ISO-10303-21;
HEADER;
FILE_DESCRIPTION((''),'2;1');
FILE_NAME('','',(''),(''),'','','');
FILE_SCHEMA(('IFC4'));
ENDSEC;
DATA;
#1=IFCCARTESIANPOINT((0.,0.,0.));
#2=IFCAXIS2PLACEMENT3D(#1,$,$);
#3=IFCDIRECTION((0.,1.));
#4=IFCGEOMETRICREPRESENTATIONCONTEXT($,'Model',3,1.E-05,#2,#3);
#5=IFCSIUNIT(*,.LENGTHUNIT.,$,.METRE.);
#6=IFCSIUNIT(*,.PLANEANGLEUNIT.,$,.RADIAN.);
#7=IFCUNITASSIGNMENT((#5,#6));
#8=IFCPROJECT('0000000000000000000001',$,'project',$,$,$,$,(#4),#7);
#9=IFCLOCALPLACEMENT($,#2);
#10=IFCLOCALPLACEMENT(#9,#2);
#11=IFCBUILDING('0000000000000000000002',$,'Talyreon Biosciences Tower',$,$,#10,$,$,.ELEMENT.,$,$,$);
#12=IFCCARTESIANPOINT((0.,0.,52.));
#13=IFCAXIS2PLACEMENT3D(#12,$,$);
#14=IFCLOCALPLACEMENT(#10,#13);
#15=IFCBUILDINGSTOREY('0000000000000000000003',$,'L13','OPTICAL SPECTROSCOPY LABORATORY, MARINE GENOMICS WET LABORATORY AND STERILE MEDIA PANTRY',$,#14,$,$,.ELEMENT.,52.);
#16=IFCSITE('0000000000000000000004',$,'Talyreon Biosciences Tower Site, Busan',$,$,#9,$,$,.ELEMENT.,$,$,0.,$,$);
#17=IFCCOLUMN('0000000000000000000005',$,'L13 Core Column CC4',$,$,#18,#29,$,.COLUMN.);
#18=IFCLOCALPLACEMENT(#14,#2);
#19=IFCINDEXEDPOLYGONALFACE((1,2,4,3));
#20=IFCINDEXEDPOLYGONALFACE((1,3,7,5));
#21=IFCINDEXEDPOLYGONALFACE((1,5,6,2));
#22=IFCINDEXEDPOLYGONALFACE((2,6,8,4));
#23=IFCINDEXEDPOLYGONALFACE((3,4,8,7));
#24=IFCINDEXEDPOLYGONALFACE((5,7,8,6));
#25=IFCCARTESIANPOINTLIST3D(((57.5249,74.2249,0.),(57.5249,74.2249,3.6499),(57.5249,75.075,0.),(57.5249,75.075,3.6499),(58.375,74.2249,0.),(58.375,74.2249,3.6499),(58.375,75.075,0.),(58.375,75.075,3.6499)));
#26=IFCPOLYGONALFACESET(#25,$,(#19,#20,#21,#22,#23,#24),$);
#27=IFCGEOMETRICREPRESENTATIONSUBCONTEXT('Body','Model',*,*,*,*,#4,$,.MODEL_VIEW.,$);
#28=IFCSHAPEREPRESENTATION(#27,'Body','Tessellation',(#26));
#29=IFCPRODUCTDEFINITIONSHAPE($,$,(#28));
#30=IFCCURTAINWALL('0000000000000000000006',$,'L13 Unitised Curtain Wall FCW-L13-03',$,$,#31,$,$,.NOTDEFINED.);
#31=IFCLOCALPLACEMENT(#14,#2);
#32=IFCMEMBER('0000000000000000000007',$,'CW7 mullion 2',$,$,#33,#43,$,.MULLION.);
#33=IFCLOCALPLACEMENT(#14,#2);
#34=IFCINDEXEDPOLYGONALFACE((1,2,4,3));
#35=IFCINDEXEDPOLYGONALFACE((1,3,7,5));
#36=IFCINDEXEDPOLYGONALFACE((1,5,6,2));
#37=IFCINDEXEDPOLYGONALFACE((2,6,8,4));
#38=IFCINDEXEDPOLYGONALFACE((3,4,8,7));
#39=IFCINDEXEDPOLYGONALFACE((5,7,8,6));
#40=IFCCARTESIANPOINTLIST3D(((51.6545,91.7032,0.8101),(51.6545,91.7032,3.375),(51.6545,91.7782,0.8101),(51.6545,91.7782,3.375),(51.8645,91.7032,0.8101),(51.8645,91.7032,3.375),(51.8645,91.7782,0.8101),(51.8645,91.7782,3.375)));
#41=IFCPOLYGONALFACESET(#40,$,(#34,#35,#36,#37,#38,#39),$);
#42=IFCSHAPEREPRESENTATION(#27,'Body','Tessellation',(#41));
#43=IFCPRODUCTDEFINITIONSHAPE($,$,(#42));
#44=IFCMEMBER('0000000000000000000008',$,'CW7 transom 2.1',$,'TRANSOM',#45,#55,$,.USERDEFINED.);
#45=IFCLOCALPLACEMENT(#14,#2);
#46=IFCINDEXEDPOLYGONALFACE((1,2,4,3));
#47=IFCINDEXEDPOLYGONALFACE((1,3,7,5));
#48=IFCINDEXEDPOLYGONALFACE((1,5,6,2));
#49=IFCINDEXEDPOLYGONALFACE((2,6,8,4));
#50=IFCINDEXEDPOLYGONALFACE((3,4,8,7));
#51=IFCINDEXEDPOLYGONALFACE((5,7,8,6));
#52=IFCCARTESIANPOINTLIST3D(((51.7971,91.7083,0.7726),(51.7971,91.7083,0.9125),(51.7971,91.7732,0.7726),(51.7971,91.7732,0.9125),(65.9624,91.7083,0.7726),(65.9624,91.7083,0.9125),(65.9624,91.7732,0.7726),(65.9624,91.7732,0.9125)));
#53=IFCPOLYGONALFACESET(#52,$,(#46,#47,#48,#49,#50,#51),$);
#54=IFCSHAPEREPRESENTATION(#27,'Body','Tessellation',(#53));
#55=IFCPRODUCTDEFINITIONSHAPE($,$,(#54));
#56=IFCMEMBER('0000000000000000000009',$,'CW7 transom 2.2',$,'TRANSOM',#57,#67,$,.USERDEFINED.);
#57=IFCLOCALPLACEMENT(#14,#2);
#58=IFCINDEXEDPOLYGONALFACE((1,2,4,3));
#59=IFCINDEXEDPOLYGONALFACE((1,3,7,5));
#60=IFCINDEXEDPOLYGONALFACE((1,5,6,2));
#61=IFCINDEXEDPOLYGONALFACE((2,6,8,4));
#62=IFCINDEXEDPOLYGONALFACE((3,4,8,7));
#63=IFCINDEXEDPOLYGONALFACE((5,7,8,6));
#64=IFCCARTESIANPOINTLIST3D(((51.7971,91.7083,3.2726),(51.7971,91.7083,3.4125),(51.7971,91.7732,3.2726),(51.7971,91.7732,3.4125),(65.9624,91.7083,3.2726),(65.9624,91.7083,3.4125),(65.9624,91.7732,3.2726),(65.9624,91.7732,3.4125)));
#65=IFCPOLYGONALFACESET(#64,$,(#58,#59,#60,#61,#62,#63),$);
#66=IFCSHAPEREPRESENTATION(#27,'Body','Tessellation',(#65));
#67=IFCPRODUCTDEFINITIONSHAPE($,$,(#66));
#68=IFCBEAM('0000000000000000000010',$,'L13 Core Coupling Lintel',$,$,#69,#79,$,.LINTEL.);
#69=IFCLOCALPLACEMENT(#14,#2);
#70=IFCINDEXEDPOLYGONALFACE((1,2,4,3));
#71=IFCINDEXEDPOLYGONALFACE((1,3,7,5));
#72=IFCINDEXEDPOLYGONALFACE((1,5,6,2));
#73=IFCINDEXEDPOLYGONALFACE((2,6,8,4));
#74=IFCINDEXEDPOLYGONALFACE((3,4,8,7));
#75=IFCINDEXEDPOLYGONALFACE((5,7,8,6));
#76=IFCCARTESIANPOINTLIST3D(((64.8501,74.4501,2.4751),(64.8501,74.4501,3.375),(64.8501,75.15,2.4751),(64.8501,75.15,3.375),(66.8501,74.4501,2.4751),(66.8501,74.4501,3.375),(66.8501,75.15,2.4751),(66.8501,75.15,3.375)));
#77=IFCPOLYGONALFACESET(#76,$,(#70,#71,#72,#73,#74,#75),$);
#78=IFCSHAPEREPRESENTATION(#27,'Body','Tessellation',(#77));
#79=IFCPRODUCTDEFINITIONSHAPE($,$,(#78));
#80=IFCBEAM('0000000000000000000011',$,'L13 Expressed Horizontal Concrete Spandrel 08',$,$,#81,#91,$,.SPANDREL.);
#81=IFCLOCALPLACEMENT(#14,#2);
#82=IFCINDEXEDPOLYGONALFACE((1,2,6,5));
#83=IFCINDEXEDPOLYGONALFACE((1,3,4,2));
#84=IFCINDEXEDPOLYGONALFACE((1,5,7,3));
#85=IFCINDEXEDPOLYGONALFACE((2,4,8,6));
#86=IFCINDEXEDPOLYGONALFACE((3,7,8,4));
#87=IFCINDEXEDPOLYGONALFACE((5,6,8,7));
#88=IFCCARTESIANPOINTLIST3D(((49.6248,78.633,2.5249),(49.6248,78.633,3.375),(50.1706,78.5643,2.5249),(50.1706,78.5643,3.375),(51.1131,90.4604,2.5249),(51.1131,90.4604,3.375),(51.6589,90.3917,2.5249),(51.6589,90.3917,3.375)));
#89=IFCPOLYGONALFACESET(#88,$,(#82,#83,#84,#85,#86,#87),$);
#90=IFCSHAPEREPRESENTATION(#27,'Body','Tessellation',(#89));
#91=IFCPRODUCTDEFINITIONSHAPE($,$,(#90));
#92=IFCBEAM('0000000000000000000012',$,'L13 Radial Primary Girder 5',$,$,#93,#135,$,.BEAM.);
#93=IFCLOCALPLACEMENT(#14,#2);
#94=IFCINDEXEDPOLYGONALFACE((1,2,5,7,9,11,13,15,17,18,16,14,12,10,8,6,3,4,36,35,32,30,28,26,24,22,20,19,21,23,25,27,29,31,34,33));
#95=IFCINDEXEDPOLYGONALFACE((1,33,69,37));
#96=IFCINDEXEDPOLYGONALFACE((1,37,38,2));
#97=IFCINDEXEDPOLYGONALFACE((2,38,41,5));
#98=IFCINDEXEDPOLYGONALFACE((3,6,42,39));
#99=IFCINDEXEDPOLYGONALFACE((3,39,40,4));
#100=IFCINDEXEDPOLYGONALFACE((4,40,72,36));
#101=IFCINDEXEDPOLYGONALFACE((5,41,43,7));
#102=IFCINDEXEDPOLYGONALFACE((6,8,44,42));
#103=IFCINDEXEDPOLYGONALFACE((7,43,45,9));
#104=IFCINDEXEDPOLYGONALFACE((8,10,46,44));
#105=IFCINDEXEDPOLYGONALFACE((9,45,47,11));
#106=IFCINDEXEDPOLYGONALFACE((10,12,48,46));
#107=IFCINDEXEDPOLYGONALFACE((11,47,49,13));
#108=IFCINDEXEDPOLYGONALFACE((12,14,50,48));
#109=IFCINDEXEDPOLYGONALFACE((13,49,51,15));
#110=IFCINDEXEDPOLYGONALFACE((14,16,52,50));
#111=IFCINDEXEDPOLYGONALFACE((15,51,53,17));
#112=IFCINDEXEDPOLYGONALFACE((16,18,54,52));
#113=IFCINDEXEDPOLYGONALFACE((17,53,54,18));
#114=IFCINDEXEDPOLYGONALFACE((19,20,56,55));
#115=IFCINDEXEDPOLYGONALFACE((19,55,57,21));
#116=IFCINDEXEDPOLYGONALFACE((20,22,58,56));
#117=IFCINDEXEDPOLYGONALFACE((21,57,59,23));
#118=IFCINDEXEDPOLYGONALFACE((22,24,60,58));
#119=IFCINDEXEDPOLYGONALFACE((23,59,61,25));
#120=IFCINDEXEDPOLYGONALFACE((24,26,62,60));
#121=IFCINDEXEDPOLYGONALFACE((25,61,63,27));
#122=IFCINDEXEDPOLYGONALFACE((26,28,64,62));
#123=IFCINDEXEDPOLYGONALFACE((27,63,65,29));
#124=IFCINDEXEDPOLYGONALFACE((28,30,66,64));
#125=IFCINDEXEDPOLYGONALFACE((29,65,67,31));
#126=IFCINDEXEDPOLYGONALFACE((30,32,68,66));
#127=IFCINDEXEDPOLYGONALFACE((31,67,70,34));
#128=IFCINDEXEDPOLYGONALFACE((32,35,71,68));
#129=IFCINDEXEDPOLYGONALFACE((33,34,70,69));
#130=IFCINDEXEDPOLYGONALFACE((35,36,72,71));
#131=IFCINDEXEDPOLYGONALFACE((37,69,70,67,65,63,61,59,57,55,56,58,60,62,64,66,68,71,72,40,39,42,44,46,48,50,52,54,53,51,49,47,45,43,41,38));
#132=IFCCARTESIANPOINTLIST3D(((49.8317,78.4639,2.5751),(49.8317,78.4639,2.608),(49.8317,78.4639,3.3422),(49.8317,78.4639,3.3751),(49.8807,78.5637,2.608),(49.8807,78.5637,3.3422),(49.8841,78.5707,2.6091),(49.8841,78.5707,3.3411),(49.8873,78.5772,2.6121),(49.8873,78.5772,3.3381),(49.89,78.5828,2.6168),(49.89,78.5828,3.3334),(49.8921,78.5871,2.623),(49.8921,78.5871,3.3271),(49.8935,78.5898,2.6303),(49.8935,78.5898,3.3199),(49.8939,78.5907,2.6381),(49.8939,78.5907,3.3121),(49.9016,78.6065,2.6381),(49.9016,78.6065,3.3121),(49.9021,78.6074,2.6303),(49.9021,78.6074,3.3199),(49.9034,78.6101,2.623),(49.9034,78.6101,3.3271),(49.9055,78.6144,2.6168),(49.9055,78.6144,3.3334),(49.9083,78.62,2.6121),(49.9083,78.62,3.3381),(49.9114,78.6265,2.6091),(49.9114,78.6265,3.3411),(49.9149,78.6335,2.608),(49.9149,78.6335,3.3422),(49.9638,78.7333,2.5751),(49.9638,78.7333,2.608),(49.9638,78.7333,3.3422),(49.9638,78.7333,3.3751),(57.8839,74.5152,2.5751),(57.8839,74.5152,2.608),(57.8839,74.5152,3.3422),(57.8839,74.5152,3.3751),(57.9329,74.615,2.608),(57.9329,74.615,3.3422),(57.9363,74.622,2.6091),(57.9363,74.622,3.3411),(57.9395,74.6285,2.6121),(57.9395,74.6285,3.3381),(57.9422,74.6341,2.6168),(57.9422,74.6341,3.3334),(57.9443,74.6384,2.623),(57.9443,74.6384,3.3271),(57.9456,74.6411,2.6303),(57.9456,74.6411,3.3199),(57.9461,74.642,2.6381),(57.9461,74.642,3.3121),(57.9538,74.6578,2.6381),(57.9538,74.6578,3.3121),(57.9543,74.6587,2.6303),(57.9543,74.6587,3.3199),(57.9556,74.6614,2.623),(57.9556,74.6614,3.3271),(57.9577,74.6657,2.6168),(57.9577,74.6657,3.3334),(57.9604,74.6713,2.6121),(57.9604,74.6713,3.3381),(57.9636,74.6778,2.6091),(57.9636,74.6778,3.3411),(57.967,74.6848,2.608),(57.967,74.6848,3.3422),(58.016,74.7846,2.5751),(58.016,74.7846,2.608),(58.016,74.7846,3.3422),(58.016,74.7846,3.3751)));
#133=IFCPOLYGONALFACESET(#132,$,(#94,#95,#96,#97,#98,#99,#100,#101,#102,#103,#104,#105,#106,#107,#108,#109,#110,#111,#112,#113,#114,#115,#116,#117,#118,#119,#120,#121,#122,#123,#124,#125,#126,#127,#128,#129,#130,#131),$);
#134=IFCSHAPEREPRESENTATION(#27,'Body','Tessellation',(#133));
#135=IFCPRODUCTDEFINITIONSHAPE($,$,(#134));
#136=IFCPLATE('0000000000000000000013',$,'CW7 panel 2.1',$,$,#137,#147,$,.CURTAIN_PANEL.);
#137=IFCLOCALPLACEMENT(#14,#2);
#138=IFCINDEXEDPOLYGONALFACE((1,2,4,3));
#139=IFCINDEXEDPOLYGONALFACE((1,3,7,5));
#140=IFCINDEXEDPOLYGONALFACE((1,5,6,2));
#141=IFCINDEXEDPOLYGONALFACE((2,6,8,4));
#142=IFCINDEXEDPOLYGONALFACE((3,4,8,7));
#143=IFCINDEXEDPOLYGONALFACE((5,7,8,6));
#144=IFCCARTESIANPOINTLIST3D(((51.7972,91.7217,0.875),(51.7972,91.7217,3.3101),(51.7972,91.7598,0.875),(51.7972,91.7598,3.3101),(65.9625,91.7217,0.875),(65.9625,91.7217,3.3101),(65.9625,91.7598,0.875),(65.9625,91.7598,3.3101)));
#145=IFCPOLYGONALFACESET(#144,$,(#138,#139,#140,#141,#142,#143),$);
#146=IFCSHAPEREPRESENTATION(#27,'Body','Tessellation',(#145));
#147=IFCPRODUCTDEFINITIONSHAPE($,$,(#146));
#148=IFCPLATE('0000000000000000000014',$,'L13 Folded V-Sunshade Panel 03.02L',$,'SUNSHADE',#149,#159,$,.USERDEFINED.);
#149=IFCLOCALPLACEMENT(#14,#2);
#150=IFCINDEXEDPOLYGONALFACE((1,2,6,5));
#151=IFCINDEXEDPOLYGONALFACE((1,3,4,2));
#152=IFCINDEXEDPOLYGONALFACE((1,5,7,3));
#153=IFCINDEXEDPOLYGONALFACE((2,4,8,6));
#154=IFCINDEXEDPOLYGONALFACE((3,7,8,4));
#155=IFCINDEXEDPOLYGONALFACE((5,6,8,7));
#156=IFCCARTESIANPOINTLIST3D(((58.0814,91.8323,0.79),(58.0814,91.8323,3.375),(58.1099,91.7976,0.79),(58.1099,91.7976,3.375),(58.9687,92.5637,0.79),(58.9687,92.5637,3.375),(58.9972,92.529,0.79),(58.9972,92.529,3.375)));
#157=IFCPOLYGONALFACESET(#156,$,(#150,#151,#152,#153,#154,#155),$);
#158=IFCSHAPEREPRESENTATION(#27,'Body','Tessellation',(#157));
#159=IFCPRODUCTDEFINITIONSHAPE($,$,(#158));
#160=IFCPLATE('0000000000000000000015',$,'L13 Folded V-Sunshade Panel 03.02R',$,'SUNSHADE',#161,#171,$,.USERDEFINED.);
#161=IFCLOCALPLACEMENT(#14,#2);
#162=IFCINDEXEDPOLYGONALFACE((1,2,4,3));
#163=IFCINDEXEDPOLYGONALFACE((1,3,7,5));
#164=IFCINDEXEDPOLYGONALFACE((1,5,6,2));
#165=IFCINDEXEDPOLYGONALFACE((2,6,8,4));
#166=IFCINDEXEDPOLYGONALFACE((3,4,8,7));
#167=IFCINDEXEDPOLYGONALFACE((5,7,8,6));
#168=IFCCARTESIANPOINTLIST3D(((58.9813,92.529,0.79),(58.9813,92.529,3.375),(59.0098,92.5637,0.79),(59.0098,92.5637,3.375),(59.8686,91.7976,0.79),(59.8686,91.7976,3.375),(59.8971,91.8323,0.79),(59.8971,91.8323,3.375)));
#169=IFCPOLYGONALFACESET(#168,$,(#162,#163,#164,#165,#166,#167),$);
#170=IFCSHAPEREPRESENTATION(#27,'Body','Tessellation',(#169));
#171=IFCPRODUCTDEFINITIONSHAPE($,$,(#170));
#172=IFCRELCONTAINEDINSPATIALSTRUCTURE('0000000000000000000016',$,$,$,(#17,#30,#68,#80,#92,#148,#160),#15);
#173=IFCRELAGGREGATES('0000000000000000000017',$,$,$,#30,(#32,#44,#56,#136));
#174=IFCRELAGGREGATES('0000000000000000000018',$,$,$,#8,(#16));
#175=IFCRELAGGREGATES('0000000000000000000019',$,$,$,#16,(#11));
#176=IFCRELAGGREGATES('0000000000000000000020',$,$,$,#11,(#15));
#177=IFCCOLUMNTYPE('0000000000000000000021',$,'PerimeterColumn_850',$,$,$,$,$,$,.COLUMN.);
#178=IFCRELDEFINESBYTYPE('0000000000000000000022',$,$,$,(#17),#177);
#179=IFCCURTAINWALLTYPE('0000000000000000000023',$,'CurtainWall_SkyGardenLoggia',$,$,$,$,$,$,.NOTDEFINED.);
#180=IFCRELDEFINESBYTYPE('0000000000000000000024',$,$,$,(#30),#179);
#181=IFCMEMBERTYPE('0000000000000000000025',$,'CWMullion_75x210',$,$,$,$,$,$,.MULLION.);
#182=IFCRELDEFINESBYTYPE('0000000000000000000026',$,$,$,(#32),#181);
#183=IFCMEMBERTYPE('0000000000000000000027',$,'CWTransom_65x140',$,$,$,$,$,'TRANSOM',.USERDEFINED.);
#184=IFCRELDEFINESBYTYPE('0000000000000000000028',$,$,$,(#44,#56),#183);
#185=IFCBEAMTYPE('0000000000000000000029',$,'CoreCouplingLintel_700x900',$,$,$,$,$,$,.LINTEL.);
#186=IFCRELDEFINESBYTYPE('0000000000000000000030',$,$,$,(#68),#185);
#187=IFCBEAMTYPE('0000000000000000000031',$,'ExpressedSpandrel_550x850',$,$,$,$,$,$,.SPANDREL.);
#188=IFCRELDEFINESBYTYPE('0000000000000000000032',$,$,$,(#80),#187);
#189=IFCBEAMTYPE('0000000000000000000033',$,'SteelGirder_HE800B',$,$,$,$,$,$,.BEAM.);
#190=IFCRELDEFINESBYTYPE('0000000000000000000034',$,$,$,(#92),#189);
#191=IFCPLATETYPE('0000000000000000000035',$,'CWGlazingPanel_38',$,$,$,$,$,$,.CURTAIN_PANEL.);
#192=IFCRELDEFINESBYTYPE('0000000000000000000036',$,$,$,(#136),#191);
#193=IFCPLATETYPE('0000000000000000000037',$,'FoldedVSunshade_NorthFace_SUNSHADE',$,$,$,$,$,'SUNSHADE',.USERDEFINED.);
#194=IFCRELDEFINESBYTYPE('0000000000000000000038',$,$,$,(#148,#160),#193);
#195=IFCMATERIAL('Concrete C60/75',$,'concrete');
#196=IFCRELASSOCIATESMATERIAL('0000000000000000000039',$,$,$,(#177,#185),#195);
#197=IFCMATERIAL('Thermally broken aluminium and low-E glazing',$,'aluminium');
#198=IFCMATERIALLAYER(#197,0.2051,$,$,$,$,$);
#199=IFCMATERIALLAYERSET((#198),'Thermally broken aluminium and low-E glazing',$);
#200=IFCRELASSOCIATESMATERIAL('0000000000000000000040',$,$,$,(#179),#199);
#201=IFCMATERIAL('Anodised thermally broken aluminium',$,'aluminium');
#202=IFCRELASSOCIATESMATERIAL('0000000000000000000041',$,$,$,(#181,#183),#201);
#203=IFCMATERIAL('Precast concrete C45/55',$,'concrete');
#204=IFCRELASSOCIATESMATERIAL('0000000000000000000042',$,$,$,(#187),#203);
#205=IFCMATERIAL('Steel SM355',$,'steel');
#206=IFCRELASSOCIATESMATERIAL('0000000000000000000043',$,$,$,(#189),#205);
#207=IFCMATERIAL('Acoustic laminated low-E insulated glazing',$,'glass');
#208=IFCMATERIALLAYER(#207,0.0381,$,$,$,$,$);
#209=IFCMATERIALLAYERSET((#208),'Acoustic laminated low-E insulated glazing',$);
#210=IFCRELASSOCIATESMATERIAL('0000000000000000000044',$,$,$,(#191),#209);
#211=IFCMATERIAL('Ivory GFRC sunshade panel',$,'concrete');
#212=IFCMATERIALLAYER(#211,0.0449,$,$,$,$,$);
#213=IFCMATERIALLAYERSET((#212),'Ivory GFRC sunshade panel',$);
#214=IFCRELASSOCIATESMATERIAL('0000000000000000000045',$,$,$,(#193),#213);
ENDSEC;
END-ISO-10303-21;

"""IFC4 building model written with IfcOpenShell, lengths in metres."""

from ifc_helpers import new_model, si_unit, direction, frame, origin, origin_2d, place, context, subcontext, project, spatial, rectangle, i_section, extrude, material, layer, layer_set, material_profile, profile_set, type_object, element, aggregate, save


model = new_model("IFC4")

# Units and contexts
model_context = context("Model", 3, precision=1e-05, world=origin(), true_north=direction((0.0, 1.0)))
body_context = subcontext(model_context, "Body", "Model", "MODEL_VIEW")
ifc_project = project(units=[si_unit("LENGTHUNIT", "METRE"), si_unit("PLANEANGLEUNIT", "RADIAN")], contexts=[model_context])

# Site, building, storey
site_placement = place(None, origin())
site = spatial("IfcSite", under=ifc_project, at=site_placement, Name="Talyreon Biosciences Tower Site, Busan", CompositionType="ELEMENT", RefElevation=0.0)
building_placement = place(site_placement, origin())
building = spatial("IfcBuilding", under=site, at=building_placement, Name="Talyreon Biosciences Tower", CompositionType="ELEMENT")
storey_placement = place(building_placement, frame((0.0, 0.0, 52.0)))
storey = spatial("IfcBuildingStorey", under=building, at=storey_placement, Name="L13", Description="OPTICAL SPECTROSCOPY LABORATORY, MARINE GENOMICS WET LABORATORY AND STERILE MEDIA PANTRY", CompositionType="ELEMENT", Elevation=52.0)

# Column
ifc_material_1 = material(Name="Concrete C60/75", Category="concrete")
ifc_material_profile_1 = material_profile(ifc_material_1, rectangle(XDim=0.8501, YDim=0.8501, at=origin_2d()), Name="RC 850x850")
ifc_profile_set_1 = profile_set([ifc_material_profile_1], Name="Concrete C60/75")
column_type = type_object("IfcColumnType", Name="PerimeterColumn_850", PredefinedType="COLUMN", material=ifc_profile_set_1)
column_placement = place(storey_placement, frame((57.95, 74.6499, 0.0), z_axis=(0.0, 0.0, 1.0), x_axis=(1.0, 0.0, 0.0)))
element("IfcColumn", 1, at=column_placement, inside=storey, type_object=column_type, Name="L13 Core Column CC4", PredefinedType="COLUMN", context=body_context, shape_type="SweptSolid", body=[
    extrude(rectangle(XDim=0.8501, YDim=0.8501, at=origin_2d()), origin(), (0.0, 0.0, 1.0), 3.6499),
])

# Curtain wall, members
ifc_material_2 = material(Name="Thermally broken aluminium and low-E glazing", Category="aluminium")
ifc_layer_1 = layer(ifc_material_2, 0.2051)
ifc_layer_set_1 = layer_set([ifc_layer_1], Name="Thermally broken aluminium and low-E glazing")
curtain_wall_type = type_object("IfcCurtainWallType", Name="CurtainWall_SkyGardenLoggia", PredefinedType="NOTDEFINED", material=ifc_layer_set_1)
curtain_wall_placement = place(storey_placement, origin())
curtain_wall = element("IfcCurtainWall", 2, at=curtain_wall_placement, inside=storey, type_object=curtain_wall_type, Name="L13 Unitised Curtain Wall FCW-L13-03", PredefinedType="NOTDEFINED")
ifc_material_3 = material(Name="Anodised thermally broken aluminium", Category="aluminium")
ifc_material_profile_2 = material_profile(ifc_material_3, rectangle(XDim=0.075, YDim=0.21, at=origin_2d()), Name="ALUM MULLION 75x210")
ifc_profile_set_2 = profile_set([ifc_material_profile_2], Name="Anodised thermally broken aluminium")
member_type_1 = type_object("IfcMemberType", Name="CWMullion_75x210", PredefinedType="MULLION", material=ifc_profile_set_2)
member_1_placement = place(storey_placement, frame((51.7595, 91.7407, 0.8101), z_axis=(0.0, 0.0, 1.0), x_axis=(0.0, 1.0, 0.0)))
member_1 = element("IfcMember", 3, at=member_1_placement, type_object=member_type_1, Name="CW7 mullion 2", PredefinedType="MULLION", context=body_context, shape_type="SweptSolid", body=[
    extrude(rectangle(XDim=0.075, YDim=0.21, at=origin_2d()), origin(), (0.0, 0.0, 1.0), 2.5649),
])
ifc_material_profile_3 = material_profile(ifc_material_3, rectangle(XDim=0.0649, YDim=0.1399, at=origin_2d()), Name="ALUM TRANSOM 65x140")
ifc_profile_set_3 = profile_set([ifc_material_profile_3], Name="Anodised thermally broken aluminium")
member_type_2 = type_object("IfcMemberType", Name="CWTransom_65x140", ElementType="TRANSOM", PredefinedType="USERDEFINED", material=ifc_profile_set_3)
member_2_placement = place(storey_placement, frame((51.7971, 91.7407, 0.8425), z_axis=(1.0, 0.0, 0.0), x_axis=(0.0, 1.0, 0.0)))
member_2 = element("IfcMember", 4, at=member_2_placement, type_object=member_type_2, Name="CW7 transom 2.1", ObjectType="TRANSOM", PredefinedType="USERDEFINED", context=body_context, shape_type="SweptSolid", body=[
    extrude(rectangle(XDim=0.0649, YDim=0.1399, at=origin_2d()), origin(), (0.0, 0.0, 1.0), 14.1653),
])
member_3_placement = place(storey_placement, frame((51.7971, 91.7407, 3.3425), z_axis=(1.0, 0.0, 0.0), x_axis=(0.0, 1.0, 0.0)))
member_3 = element("IfcMember", 5, at=member_3_placement, type_object=member_type_2, Name="CW7 transom 2.2", ObjectType="TRANSOM", PredefinedType="USERDEFINED", context=body_context, shape_type="SweptSolid", body=[
    extrude(rectangle(XDim=0.0649, YDim=0.1399, at=origin_2d()), origin(), (0.0, 0.0, 1.0), 14.1653),
])

# Beams
ifc_material_profile_4 = material_profile(ifc_material_1, rectangle(XDim=0.7, YDim=0.8999, at=origin_2d()), Name="RCB 700x900")
ifc_profile_set_4 = profile_set([ifc_material_profile_4], Name="Concrete C60/75")
beam_type_1 = type_object("IfcBeamType", Name="CoreCouplingLintel_700x900", PredefinedType="LINTEL", material=ifc_profile_set_4)
beam_1_placement = place(storey_placement, frame((64.8501, 74.8, 2.925), z_axis=(1.0, 0.0, 0.0), x_axis=(0.0, 1.0, 0.0)))
element("IfcBeam", 6, at=beam_1_placement, inside=storey, type_object=beam_type_1, Name="L13 Core Coupling Lintel", PredefinedType="LINTEL", context=body_context, shape_type="SweptSolid", body=[
    extrude(rectangle(XDim=0.7, YDim=0.8999, at=origin_2d()), origin(), (0.0, 0.0, 1.0), 2.0),
])
ifc_material_4 = material(Name="Precast concrete C45/55", Category="concrete")
ifc_material_profile_5 = material_profile(ifc_material_4, rectangle(XDim=0.55, YDim=0.8501, at=origin_2d()), Name="RCB 550x850")
ifc_profile_set_5 = profile_set([ifc_material_profile_5], Name="Precast concrete C45/55")
beam_type_2 = type_object("IfcBeamType", Name="ExpressedSpandrel_550x850", PredefinedType="SPANDREL", material=ifc_profile_set_5)
beam_2_placement = place(storey_placement, frame((51.386, 90.426, 2.95), z_axis=(-0.124849, -0.992176, 0.0), x_axis=(0.992176, -0.124849, 0.0)))
element("IfcBeam", 7, at=beam_2_placement, inside=storey, type_object=beam_type_2, Name="L13 Expressed Horizontal Concrete Spandrel 08", PredefinedType="SPANDREL", context=body_context, shape_type="SweptSolid", body=[
    extrude(rectangle(XDim=0.55, YDim=0.8501, at=origin_2d()), origin(), (0.0, 0.0, 1.0), 11.9207),
])
ifc_material_5 = material(Name="Steel SM355", Category="steel")
ifc_material_profile_6 = material_profile(ifc_material_5, i_section(OverallWidth=0.3, OverallDepth=0.8, WebThickness=0.0176, FlangeThickness=0.033, FilletRadius=0.03, at=origin_2d()), Name="HE800B")
ifc_profile_set_6 = profile_set([ifc_material_profile_6], Name="Steel SM355")
beam_type_3 = type_object("IfcBeamType", Name="SteelGirder_HE800B", PredefinedType="BEAM", material=ifc_profile_set_6)
beam_3_placement = place(storey_placement, frame((57.95, 74.6499, 2.9751), z_axis=(-0.897852, 0.440297, 0.0), x_axis=(-0.440297, -0.897852, 0.0)))
element("IfcBeam", 8, at=beam_3_placement, inside=storey, type_object=beam_type_3, Name="L13 Radial Primary Girder 5", PredefinedType="BEAM", context=body_context, shape_type="SweptSolid", body=[
    extrude(i_section(OverallWidth=0.3, OverallDepth=0.8, WebThickness=0.0176, FlangeThickness=0.033, FilletRadius=0.03, at=origin_2d()), origin(), (0.0, 0.0, 1.0), 8.9683),
])

# Plate
ifc_material_6 = material(Name="Acoustic laminated low-E insulated glazing", Category="glass")
ifc_layer_2 = layer(ifc_material_6, 0.0381)
ifc_layer_set_2 = layer_set([ifc_layer_2], Name="Acoustic laminated low-E insulated glazing")
plate_type_1 = type_object("IfcPlateType", Name="CWGlazingPanel_38", PredefinedType="CURTAIN_PANEL", material=ifc_layer_set_2)
plate_placement = place(storey_placement, frame((58.8799, 91.7407, 0.875), z_axis=(0.0, 0.0, 1.0), x_axis=(1.0, 0.0, 0.0)))
plate = element("IfcPlate", 9, at=plate_placement, type_object=plate_type_1, Name="CW7 panel 2.1", PredefinedType="CURTAIN_PANEL", context=body_context, shape_type="SweptSolid", body=[
    extrude(rectangle(XDim=14.1653, YDim=0.0381, at=origin_2d()), origin(), (0.0, 0.0, 1.0), 2.4351),
])
aggregate(curtain_wall, [member_1, member_2, member_3, plate])

# Plates
ifc_material_7 = material(Name="Ivory GFRC sunshade panel", Category="concrete")
ifc_layer_3 = layer(ifc_material_7, 0.0449)
ifc_layer_set_3 = layer_set([ifc_layer_3], Name="Ivory GFRC sunshade panel")
plate_type_2 = type_object("IfcPlateType", Name="FoldedVSunshade_NorthFace_SUNSHADE", ElementType="SUNSHADE", PredefinedType="USERDEFINED", material=ifc_layer_set_3)
for number, where, z_axis, x_axis, name in (
    (10, (58.5393, 92.1807, 0.79), (0.0, 0.0, 1.0), (0.771625, 0.636078, 0.0), "L13 Folded V-Sunshade Panel 03.02L"),
    (11, (59.4392, 92.1807, 0.79), (0.0, 0.0, 1.0), (0.771625, -0.636078, 0.0), "L13 Folded V-Sunshade Panel 03.02R"),
):
    element("IfcPlate", number, at=place(storey_placement, frame(where, z_axis=z_axis, x_axis=x_axis)), inside=storey, type_object=plate_type_2, Name=name, ObjectType="SUNSHADE", PredefinedType="USERDEFINED", context=body_context, shape_type="SweptSolid", body=[
        extrude(rectangle(XDim=1.1499, YDim=0.0449, at=origin_2d()), origin(), (0.0, 0.0, 1.0), 2.585),
    ])

save(model, "model.ifc")
